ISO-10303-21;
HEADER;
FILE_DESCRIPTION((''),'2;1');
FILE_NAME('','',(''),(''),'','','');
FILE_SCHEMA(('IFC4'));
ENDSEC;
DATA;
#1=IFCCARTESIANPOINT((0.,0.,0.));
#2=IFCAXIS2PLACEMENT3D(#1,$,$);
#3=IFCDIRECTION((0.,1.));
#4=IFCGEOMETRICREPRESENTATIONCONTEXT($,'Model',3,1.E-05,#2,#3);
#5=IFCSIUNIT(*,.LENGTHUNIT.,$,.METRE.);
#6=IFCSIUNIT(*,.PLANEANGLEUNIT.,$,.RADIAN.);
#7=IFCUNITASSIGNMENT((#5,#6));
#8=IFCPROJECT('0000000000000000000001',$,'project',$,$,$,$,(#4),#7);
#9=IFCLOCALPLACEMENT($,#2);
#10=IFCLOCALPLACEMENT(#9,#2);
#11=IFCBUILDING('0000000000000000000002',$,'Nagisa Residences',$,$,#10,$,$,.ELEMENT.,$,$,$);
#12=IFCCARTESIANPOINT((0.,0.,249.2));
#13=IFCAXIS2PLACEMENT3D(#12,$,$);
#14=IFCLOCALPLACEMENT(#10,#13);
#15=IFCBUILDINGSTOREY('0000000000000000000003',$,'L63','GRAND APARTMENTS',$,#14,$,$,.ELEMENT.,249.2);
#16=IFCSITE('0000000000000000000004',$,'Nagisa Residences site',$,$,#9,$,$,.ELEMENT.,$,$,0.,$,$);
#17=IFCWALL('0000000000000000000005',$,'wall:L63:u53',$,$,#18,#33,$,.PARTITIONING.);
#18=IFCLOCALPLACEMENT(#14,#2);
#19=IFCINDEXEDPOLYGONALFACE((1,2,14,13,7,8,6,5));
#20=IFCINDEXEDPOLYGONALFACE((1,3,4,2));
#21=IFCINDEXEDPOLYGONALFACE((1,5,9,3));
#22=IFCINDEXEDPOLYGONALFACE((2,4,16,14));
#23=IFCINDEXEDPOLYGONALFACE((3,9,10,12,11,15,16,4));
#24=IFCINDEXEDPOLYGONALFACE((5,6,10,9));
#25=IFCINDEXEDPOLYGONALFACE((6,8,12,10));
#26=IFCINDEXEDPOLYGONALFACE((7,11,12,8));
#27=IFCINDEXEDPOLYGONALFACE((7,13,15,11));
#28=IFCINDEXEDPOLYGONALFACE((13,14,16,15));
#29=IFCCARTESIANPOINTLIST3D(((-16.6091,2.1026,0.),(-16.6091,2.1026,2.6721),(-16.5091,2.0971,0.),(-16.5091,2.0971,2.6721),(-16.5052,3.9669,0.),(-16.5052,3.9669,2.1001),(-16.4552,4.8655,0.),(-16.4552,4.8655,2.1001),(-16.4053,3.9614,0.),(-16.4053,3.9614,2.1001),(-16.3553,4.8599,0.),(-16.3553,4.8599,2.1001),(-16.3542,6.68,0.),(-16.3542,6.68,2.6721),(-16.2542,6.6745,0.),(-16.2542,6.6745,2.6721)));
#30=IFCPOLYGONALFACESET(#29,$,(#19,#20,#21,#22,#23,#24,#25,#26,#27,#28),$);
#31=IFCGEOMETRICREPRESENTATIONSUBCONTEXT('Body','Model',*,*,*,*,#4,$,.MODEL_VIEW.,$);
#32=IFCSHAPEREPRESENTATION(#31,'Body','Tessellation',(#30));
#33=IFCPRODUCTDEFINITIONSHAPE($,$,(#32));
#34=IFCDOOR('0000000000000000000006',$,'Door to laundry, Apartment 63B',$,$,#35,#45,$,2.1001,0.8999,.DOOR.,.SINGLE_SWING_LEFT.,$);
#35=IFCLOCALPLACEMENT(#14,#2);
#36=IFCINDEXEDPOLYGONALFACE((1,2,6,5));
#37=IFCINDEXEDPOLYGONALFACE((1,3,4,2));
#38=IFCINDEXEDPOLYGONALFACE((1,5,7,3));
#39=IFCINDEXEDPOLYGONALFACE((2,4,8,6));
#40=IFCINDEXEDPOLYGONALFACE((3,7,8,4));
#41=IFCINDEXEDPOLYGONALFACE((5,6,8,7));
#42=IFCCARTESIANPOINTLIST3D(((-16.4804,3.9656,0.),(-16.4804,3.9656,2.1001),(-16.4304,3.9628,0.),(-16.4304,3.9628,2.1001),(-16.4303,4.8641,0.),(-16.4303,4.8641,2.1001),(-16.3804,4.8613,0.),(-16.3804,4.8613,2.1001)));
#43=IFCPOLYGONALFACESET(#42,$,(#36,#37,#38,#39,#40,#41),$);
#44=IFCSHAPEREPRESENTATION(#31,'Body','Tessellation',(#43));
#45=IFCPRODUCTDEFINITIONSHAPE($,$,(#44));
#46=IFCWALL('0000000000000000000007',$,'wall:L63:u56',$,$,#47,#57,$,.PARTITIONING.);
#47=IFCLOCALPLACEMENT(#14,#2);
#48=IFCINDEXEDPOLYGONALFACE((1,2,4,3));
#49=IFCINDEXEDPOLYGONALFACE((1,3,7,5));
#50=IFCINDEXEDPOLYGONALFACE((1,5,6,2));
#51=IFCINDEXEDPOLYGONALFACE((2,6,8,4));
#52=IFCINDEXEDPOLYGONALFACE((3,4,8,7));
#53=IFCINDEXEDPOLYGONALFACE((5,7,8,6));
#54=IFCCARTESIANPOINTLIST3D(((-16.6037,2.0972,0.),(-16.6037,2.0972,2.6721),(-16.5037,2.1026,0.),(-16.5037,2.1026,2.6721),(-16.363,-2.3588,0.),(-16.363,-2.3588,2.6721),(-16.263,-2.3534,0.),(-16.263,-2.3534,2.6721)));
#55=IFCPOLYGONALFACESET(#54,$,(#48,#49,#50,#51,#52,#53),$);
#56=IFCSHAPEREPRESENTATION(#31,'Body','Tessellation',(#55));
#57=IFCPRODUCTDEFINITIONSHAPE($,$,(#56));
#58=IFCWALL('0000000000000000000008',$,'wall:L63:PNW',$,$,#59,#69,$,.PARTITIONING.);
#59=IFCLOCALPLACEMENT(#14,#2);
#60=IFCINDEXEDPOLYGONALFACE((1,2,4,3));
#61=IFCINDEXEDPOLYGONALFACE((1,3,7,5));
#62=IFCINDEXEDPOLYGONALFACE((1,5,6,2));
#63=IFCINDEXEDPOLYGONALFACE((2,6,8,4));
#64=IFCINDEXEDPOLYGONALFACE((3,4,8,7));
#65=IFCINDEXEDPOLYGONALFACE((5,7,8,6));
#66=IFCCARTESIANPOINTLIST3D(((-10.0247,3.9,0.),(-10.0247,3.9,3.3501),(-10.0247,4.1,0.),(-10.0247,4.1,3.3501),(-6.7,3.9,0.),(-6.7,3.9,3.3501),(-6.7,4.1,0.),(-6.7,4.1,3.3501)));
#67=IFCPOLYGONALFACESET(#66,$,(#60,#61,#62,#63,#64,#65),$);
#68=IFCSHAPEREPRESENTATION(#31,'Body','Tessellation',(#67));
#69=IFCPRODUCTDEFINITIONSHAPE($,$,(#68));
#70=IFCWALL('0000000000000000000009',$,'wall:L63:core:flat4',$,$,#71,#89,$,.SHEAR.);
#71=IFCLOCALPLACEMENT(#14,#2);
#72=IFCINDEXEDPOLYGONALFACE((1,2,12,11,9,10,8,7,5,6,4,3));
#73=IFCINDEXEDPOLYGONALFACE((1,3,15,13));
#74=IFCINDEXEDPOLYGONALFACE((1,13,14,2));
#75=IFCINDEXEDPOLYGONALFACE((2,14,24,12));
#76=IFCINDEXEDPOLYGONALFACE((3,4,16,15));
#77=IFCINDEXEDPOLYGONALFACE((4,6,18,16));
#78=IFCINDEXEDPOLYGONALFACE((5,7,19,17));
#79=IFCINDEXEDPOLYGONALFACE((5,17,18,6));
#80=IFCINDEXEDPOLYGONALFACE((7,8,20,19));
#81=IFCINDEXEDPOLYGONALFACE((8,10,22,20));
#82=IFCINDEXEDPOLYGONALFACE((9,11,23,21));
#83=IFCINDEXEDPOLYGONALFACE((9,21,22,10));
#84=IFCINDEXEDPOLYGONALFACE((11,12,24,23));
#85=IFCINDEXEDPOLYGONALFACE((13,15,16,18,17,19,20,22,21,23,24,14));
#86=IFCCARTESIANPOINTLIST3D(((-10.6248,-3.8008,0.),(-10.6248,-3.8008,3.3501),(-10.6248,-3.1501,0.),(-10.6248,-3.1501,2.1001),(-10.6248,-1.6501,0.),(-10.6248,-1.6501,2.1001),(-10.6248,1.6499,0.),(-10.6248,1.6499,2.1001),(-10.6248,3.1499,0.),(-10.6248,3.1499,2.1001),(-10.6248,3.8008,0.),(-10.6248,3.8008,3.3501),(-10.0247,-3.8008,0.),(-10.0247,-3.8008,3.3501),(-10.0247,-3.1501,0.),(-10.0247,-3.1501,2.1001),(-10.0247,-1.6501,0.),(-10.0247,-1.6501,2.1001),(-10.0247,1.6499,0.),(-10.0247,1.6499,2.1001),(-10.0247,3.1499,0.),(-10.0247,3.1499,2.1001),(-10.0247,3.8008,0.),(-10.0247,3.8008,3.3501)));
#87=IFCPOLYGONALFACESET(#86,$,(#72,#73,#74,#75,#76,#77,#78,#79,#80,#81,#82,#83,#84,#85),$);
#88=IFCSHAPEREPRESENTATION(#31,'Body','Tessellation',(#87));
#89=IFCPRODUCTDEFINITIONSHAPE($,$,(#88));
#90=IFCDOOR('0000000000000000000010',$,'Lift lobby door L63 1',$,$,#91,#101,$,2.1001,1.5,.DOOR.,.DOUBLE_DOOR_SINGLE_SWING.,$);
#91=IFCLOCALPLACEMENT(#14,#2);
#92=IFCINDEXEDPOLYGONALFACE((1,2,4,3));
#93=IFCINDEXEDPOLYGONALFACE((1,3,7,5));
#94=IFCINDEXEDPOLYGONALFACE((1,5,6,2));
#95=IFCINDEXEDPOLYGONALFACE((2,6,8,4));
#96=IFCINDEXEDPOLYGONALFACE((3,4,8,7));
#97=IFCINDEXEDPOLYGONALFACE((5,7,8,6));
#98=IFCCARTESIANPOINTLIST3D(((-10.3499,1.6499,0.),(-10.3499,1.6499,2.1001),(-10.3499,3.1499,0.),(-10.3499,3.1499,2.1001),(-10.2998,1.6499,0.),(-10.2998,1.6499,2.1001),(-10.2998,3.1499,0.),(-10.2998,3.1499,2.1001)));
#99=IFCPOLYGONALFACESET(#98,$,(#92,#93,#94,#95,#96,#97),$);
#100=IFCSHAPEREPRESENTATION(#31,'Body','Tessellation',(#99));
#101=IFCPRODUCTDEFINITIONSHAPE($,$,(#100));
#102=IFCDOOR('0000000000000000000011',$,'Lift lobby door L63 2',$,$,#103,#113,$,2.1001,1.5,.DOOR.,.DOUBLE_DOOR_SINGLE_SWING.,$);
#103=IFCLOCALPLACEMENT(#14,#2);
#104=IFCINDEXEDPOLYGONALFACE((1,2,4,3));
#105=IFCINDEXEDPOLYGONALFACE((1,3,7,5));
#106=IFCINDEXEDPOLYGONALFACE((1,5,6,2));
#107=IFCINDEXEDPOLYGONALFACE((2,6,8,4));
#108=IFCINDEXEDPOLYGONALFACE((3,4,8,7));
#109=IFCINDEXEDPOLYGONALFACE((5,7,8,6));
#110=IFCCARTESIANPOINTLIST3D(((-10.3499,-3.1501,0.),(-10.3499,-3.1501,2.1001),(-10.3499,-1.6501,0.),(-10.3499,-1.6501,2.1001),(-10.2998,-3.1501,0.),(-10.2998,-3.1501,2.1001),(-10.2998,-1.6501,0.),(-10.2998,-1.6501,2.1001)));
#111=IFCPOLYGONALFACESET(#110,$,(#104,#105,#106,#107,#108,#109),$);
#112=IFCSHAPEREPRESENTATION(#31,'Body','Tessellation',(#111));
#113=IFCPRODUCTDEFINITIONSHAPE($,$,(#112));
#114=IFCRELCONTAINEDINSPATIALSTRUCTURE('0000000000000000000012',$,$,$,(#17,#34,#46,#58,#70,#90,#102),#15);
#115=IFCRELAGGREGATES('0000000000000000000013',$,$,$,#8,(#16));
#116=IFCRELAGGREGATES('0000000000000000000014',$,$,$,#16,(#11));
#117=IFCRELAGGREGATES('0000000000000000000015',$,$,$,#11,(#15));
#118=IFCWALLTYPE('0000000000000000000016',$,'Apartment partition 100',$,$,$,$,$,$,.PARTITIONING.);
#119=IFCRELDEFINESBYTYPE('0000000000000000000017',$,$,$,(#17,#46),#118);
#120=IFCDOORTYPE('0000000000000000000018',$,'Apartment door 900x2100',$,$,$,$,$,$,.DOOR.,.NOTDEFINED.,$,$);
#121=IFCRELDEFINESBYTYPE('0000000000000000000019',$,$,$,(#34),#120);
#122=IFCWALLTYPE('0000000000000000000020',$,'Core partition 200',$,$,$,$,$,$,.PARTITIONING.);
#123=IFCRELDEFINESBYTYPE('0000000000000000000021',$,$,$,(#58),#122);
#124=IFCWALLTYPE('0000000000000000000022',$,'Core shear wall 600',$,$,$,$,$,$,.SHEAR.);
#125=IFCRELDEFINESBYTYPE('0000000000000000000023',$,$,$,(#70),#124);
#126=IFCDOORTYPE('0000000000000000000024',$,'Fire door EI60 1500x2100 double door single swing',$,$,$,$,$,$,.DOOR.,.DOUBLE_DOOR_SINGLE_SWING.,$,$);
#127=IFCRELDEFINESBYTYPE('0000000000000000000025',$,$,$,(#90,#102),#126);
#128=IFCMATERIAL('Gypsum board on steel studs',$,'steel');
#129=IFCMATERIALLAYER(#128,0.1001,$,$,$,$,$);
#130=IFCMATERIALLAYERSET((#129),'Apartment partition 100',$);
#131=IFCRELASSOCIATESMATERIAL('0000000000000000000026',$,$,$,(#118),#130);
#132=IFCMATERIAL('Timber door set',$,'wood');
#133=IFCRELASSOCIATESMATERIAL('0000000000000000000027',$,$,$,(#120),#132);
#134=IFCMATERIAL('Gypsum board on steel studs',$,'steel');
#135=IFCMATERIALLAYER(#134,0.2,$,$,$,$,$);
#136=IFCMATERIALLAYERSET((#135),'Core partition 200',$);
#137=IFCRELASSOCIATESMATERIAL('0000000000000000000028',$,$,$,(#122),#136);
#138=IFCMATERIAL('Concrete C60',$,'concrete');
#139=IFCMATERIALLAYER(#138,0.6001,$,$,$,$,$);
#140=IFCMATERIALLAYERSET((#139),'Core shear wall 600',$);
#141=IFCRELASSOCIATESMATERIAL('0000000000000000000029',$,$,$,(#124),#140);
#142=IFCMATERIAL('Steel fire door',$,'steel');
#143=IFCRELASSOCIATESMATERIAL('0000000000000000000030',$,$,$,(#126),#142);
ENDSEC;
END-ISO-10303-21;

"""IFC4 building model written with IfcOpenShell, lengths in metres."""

from ifc_helpers import new_model, si_unit, direction, frame, frame_2d, origin, place, context, subcontext, project, spatial, rectangle, extrude, material, layer, layer_set, type_object, element, fill, save


model = new_model("IFC4")

# Units and contexts
model_context = context("Model", 3, precision=1e-05, world=origin(), true_north=direction((0.0, 1.0)))
body_context = subcontext(model_context, "Body", "Model", "MODEL_VIEW")
ifc_project = project(units=[si_unit("LENGTHUNIT", "METRE"), si_unit("PLANEANGLEUNIT", "RADIAN")], contexts=[model_context])

# Site, building, storey
site_placement = place(None, origin())
site = spatial("IfcSite", under=ifc_project, at=site_placement, Name="Nagisa Residences site", CompositionType="ELEMENT", RefElevation=0.0)
building_placement = place(site_placement, origin())
building = spatial("IfcBuilding", under=site, at=building_placement, Name="Nagisa Residences", CompositionType="ELEMENT")
storey_placement = place(building_placement, frame((0.0, 0.0, 249.2)))
storey = spatial("IfcBuildingStorey", under=building, at=storey_placement, Name="L63", Description="GRAND APARTMENTS", CompositionType="ELEMENT", Elevation=249.2)

# Shared definitions
ifc_material_1 = material(Name="Gypsum board on steel studs", Category="steel")
ifc_layer_1 = layer(ifc_material_1, 0.1001)
ifc_layer_set_1 = layer_set([ifc_layer_1], Name="Apartment partition 100")
wall_type_1 = type_object("IfcWallType", Name="Apartment partition 100", PredefinedType="PARTITIONING", material=ifc_layer_set_1)

# Shared definitions
ifc_material_2 = material(Name="Timber door set", Category="wood")
door_type_1 = type_object("IfcDoorType", Name="Apartment door 900x2100", OperationType="NOTDEFINED", PredefinedType="DOOR", material=ifc_material_2)

# Wall, opening, door
wall_1_placement = place(storey_placement, frame((-16.3042, 6.6772, 0.0), z_axis=(0.0, 0.0, 1.0), x_axis=(-0.055597, -0.998453, 0.0)))
wall_1 = element("IfcWall", 1, at=wall_1_placement, inside=storey, type_object=wall_type_1, Name="wall:L63:u53", PredefinedType="PARTITIONING", context=body_context, shape_type="SweptSolid", body=[
    extrude(rectangle(XDim=4.5845, YDim=0.1001, at=frame_2d((2.2922, 0.0))), origin(), (0.0, 0.0, 1.0), 2.6721),
])
opening_1_placement = place(wall_1_placement, frame((1.8174, 0.0, 0.0)))
opening_1 = element("IfcOpeningElement", 2, at=opening_1_placement, cuts=wall_1, PredefinedType="OPENING", context=body_context, shape_type="SweptSolid", body=[
    extrude(rectangle(XDim=0.8999, YDim=2.1001, at=frame_2d((0.45, 1.05))), frame((0.0, 0.0601, 0.0), z_axis=(0.0, -1.0, 0.0), x_axis=(1.0, 0.0, 0.0)), (0.0, 0.0, 1.0), 0.1201),
])
door_1_placement = place(opening_1_placement, origin())
door_1 = element("IfcDoor", 3, at=door_1_placement, inside=storey, type_object=door_type_1, Name="Door to laundry, Apartment 63B", OperationType="SINGLE_SWING_LEFT", OverallHeight=2.1001, OverallWidth=0.8999, PredefinedType="DOOR", context=body_context, shape_type="SweptSolid", body=[
    extrude(rectangle(XDim=0.8999, YDim=2.1001, at=frame_2d((0.45, 1.05))), frame((0.0, 0.0249, 0.0), z_axis=(0.0, -1.0, 0.0), x_axis=(1.0, 0.0, 0.0)), (0.0, 0.0, 1.0), 0.05),
])
fill(opening_1, door_1)

# Walls
wall_2_placement = place(storey_placement, frame((-16.5537, 2.0999, 0.0), z_axis=(0.0, 0.0, 1.0), x_axis=(0.053946, -0.998544, 0.0)))
element("IfcWall", 4, at=wall_2_placement, inside=storey, type_object=wall_type_1, Name="wall:L63:u56", PredefinedType="PARTITIONING", context=body_context, shape_type="SweptSolid", body=[
    extrude(rectangle(XDim=4.4624, YDim=0.1001, at=frame_2d((2.2312, 0.0))), origin(), (0.0, 0.0, 1.0), 2.6721),
])
ifc_material_3 = material(Name="Gypsum board on steel studs", Category="steel")
ifc_layer_2 = layer(ifc_material_3, 0.2)
ifc_layer_set_2 = layer_set([ifc_layer_2], Name="Core partition 200")
wall_type_2 = type_object("IfcWallType", Name="Core partition 200", PredefinedType="PARTITIONING", material=ifc_layer_set_2)
wall_3_placement = place(storey_placement, frame((-10.0247, 4.0, 0.0), z_axis=(0.0, 0.0, 1.0), x_axis=(1.0, 0.0, 0.0)))
element("IfcWall", 5, at=wall_3_placement, inside=storey, type_object=wall_type_2, Name="wall:L63:PNW", PredefinedType="PARTITIONING", context=body_context, shape_type="SweptSolid", body=[
    extrude(rectangle(XDim=3.3247, YDim=0.2, at=frame_2d((1.6624, 0.0))), origin(), (0.0, 0.0, 1.0), 3.3501),
])

# Wall, openings, doors
ifc_material_4 = material(Name="Concrete C60", Category="concrete")
ifc_layer_3 = layer(ifc_material_4, 0.6001)
ifc_layer_set_3 = layer_set([ifc_layer_3], Name="Core shear wall 600")
wall_type_3 = type_object("IfcWallType", Name="Core shear wall 600", PredefinedType="SHEAR", material=ifc_layer_set_3)
wall_4_placement = place(storey_placement, frame((-10.3247, 3.8008, 0.0), z_axis=(0.0, 0.0, 1.0), x_axis=(0.0, -1.0, 0.0)))
wall_4 = element("IfcWall", 6, at=wall_4_placement, inside=storey, type_object=wall_type_3, Name="wall:L63:core:flat4", PredefinedType="SHEAR", context=body_context, shape_type="SweptSolid", body=[
    extrude(rectangle(XDim=7.6016, YDim=0.6001, at=frame_2d((3.8008, 0.0))), origin(), (0.0, 0.0, 1.0), 3.3501),
])
opening_2_placement = place(wall_4_placement, frame((0.6509, 0.0, 0.0)))
opening_2 = element("IfcOpeningElement", 7, at=opening_2_placement, cuts=wall_4, PredefinedType="OPENING", context=body_context, shape_type="SweptSolid", body=[
    extrude(rectangle(XDim=1.5, YDim=2.1001, at=frame_2d((0.75, 1.05))), frame((0.0, 0.3101, 0.0), z_axis=(0.0, -1.0, 0.0), x_axis=(1.0, 0.0, 0.0)), (0.0, 0.0, 1.0), 0.6201),
])
opening_3_placement = place(wall_4_placement, frame((5.4509, 0.0, 0.0)))
opening_3 = element("IfcOpeningElement", 8, at=opening_3_placement, cuts=wall_4, PredefinedType="OPENING", context=body_context, shape_type="SweptSolid", body=[
    extrude(rectangle(XDim=1.5, YDim=2.1001, at=frame_2d((0.75, 1.05))), frame((0.0, 0.3101, 0.0), z_axis=(0.0, -1.0, 0.0), x_axis=(1.0, 0.0, 0.0)), (0.0, 0.0, 1.0), 0.6201),
])
ifc_material_5 = material(Name="Steel fire door", Category="steel")
door_type_2 = type_object("IfcDoorType", Name="Fire door EI60 1500x2100 double door single swing", OperationType="DOUBLE_DOOR_SINGLE_SWING", PredefinedType="DOOR", material=ifc_material_5)
door_2_placement = place(opening_2_placement, origin())
door_2 = element("IfcDoor", 9, at=door_2_placement, inside=storey, type_object=door_type_2, Name="Lift lobby door L63 1", OperationType="DOUBLE_DOOR_SINGLE_SWING", OverallHeight=2.1001, OverallWidth=1.5, PredefinedType="DOOR", context=body_context, shape_type="SweptSolid", body=[
    extrude(rectangle(XDim=1.5, YDim=2.1001, at=frame_2d((0.75, 1.05))), frame((0.0, 0.0249, 0.0), z_axis=(0.0, -1.0, 0.0), x_axis=(1.0, 0.0, 0.0)), (0.0, 0.0, 1.0), 0.05),
])
fill(opening_2, door_2)
door_3_placement = place(opening_3_placement, origin())
door_3 = element("IfcDoor", 10, at=door_3_placement, inside=storey, type_object=door_type_2, Name="Lift lobby door L63 2", OperationType="DOUBLE_DOOR_SINGLE_SWING", OverallHeight=2.1001, OverallWidth=1.5, PredefinedType="DOOR", context=body_context, shape_type="SweptSolid", body=[
    extrude(rectangle(XDim=1.5, YDim=2.1001, at=frame_2d((0.75, 1.05))), frame((0.0, 0.0249, 0.0), z_axis=(0.0, -1.0, 0.0), x_axis=(1.0, 0.0, 0.0)), (0.0, 0.0, 1.0), 0.05),
])
fill(opening_3, door_3)

save(model, "model.ifc")
